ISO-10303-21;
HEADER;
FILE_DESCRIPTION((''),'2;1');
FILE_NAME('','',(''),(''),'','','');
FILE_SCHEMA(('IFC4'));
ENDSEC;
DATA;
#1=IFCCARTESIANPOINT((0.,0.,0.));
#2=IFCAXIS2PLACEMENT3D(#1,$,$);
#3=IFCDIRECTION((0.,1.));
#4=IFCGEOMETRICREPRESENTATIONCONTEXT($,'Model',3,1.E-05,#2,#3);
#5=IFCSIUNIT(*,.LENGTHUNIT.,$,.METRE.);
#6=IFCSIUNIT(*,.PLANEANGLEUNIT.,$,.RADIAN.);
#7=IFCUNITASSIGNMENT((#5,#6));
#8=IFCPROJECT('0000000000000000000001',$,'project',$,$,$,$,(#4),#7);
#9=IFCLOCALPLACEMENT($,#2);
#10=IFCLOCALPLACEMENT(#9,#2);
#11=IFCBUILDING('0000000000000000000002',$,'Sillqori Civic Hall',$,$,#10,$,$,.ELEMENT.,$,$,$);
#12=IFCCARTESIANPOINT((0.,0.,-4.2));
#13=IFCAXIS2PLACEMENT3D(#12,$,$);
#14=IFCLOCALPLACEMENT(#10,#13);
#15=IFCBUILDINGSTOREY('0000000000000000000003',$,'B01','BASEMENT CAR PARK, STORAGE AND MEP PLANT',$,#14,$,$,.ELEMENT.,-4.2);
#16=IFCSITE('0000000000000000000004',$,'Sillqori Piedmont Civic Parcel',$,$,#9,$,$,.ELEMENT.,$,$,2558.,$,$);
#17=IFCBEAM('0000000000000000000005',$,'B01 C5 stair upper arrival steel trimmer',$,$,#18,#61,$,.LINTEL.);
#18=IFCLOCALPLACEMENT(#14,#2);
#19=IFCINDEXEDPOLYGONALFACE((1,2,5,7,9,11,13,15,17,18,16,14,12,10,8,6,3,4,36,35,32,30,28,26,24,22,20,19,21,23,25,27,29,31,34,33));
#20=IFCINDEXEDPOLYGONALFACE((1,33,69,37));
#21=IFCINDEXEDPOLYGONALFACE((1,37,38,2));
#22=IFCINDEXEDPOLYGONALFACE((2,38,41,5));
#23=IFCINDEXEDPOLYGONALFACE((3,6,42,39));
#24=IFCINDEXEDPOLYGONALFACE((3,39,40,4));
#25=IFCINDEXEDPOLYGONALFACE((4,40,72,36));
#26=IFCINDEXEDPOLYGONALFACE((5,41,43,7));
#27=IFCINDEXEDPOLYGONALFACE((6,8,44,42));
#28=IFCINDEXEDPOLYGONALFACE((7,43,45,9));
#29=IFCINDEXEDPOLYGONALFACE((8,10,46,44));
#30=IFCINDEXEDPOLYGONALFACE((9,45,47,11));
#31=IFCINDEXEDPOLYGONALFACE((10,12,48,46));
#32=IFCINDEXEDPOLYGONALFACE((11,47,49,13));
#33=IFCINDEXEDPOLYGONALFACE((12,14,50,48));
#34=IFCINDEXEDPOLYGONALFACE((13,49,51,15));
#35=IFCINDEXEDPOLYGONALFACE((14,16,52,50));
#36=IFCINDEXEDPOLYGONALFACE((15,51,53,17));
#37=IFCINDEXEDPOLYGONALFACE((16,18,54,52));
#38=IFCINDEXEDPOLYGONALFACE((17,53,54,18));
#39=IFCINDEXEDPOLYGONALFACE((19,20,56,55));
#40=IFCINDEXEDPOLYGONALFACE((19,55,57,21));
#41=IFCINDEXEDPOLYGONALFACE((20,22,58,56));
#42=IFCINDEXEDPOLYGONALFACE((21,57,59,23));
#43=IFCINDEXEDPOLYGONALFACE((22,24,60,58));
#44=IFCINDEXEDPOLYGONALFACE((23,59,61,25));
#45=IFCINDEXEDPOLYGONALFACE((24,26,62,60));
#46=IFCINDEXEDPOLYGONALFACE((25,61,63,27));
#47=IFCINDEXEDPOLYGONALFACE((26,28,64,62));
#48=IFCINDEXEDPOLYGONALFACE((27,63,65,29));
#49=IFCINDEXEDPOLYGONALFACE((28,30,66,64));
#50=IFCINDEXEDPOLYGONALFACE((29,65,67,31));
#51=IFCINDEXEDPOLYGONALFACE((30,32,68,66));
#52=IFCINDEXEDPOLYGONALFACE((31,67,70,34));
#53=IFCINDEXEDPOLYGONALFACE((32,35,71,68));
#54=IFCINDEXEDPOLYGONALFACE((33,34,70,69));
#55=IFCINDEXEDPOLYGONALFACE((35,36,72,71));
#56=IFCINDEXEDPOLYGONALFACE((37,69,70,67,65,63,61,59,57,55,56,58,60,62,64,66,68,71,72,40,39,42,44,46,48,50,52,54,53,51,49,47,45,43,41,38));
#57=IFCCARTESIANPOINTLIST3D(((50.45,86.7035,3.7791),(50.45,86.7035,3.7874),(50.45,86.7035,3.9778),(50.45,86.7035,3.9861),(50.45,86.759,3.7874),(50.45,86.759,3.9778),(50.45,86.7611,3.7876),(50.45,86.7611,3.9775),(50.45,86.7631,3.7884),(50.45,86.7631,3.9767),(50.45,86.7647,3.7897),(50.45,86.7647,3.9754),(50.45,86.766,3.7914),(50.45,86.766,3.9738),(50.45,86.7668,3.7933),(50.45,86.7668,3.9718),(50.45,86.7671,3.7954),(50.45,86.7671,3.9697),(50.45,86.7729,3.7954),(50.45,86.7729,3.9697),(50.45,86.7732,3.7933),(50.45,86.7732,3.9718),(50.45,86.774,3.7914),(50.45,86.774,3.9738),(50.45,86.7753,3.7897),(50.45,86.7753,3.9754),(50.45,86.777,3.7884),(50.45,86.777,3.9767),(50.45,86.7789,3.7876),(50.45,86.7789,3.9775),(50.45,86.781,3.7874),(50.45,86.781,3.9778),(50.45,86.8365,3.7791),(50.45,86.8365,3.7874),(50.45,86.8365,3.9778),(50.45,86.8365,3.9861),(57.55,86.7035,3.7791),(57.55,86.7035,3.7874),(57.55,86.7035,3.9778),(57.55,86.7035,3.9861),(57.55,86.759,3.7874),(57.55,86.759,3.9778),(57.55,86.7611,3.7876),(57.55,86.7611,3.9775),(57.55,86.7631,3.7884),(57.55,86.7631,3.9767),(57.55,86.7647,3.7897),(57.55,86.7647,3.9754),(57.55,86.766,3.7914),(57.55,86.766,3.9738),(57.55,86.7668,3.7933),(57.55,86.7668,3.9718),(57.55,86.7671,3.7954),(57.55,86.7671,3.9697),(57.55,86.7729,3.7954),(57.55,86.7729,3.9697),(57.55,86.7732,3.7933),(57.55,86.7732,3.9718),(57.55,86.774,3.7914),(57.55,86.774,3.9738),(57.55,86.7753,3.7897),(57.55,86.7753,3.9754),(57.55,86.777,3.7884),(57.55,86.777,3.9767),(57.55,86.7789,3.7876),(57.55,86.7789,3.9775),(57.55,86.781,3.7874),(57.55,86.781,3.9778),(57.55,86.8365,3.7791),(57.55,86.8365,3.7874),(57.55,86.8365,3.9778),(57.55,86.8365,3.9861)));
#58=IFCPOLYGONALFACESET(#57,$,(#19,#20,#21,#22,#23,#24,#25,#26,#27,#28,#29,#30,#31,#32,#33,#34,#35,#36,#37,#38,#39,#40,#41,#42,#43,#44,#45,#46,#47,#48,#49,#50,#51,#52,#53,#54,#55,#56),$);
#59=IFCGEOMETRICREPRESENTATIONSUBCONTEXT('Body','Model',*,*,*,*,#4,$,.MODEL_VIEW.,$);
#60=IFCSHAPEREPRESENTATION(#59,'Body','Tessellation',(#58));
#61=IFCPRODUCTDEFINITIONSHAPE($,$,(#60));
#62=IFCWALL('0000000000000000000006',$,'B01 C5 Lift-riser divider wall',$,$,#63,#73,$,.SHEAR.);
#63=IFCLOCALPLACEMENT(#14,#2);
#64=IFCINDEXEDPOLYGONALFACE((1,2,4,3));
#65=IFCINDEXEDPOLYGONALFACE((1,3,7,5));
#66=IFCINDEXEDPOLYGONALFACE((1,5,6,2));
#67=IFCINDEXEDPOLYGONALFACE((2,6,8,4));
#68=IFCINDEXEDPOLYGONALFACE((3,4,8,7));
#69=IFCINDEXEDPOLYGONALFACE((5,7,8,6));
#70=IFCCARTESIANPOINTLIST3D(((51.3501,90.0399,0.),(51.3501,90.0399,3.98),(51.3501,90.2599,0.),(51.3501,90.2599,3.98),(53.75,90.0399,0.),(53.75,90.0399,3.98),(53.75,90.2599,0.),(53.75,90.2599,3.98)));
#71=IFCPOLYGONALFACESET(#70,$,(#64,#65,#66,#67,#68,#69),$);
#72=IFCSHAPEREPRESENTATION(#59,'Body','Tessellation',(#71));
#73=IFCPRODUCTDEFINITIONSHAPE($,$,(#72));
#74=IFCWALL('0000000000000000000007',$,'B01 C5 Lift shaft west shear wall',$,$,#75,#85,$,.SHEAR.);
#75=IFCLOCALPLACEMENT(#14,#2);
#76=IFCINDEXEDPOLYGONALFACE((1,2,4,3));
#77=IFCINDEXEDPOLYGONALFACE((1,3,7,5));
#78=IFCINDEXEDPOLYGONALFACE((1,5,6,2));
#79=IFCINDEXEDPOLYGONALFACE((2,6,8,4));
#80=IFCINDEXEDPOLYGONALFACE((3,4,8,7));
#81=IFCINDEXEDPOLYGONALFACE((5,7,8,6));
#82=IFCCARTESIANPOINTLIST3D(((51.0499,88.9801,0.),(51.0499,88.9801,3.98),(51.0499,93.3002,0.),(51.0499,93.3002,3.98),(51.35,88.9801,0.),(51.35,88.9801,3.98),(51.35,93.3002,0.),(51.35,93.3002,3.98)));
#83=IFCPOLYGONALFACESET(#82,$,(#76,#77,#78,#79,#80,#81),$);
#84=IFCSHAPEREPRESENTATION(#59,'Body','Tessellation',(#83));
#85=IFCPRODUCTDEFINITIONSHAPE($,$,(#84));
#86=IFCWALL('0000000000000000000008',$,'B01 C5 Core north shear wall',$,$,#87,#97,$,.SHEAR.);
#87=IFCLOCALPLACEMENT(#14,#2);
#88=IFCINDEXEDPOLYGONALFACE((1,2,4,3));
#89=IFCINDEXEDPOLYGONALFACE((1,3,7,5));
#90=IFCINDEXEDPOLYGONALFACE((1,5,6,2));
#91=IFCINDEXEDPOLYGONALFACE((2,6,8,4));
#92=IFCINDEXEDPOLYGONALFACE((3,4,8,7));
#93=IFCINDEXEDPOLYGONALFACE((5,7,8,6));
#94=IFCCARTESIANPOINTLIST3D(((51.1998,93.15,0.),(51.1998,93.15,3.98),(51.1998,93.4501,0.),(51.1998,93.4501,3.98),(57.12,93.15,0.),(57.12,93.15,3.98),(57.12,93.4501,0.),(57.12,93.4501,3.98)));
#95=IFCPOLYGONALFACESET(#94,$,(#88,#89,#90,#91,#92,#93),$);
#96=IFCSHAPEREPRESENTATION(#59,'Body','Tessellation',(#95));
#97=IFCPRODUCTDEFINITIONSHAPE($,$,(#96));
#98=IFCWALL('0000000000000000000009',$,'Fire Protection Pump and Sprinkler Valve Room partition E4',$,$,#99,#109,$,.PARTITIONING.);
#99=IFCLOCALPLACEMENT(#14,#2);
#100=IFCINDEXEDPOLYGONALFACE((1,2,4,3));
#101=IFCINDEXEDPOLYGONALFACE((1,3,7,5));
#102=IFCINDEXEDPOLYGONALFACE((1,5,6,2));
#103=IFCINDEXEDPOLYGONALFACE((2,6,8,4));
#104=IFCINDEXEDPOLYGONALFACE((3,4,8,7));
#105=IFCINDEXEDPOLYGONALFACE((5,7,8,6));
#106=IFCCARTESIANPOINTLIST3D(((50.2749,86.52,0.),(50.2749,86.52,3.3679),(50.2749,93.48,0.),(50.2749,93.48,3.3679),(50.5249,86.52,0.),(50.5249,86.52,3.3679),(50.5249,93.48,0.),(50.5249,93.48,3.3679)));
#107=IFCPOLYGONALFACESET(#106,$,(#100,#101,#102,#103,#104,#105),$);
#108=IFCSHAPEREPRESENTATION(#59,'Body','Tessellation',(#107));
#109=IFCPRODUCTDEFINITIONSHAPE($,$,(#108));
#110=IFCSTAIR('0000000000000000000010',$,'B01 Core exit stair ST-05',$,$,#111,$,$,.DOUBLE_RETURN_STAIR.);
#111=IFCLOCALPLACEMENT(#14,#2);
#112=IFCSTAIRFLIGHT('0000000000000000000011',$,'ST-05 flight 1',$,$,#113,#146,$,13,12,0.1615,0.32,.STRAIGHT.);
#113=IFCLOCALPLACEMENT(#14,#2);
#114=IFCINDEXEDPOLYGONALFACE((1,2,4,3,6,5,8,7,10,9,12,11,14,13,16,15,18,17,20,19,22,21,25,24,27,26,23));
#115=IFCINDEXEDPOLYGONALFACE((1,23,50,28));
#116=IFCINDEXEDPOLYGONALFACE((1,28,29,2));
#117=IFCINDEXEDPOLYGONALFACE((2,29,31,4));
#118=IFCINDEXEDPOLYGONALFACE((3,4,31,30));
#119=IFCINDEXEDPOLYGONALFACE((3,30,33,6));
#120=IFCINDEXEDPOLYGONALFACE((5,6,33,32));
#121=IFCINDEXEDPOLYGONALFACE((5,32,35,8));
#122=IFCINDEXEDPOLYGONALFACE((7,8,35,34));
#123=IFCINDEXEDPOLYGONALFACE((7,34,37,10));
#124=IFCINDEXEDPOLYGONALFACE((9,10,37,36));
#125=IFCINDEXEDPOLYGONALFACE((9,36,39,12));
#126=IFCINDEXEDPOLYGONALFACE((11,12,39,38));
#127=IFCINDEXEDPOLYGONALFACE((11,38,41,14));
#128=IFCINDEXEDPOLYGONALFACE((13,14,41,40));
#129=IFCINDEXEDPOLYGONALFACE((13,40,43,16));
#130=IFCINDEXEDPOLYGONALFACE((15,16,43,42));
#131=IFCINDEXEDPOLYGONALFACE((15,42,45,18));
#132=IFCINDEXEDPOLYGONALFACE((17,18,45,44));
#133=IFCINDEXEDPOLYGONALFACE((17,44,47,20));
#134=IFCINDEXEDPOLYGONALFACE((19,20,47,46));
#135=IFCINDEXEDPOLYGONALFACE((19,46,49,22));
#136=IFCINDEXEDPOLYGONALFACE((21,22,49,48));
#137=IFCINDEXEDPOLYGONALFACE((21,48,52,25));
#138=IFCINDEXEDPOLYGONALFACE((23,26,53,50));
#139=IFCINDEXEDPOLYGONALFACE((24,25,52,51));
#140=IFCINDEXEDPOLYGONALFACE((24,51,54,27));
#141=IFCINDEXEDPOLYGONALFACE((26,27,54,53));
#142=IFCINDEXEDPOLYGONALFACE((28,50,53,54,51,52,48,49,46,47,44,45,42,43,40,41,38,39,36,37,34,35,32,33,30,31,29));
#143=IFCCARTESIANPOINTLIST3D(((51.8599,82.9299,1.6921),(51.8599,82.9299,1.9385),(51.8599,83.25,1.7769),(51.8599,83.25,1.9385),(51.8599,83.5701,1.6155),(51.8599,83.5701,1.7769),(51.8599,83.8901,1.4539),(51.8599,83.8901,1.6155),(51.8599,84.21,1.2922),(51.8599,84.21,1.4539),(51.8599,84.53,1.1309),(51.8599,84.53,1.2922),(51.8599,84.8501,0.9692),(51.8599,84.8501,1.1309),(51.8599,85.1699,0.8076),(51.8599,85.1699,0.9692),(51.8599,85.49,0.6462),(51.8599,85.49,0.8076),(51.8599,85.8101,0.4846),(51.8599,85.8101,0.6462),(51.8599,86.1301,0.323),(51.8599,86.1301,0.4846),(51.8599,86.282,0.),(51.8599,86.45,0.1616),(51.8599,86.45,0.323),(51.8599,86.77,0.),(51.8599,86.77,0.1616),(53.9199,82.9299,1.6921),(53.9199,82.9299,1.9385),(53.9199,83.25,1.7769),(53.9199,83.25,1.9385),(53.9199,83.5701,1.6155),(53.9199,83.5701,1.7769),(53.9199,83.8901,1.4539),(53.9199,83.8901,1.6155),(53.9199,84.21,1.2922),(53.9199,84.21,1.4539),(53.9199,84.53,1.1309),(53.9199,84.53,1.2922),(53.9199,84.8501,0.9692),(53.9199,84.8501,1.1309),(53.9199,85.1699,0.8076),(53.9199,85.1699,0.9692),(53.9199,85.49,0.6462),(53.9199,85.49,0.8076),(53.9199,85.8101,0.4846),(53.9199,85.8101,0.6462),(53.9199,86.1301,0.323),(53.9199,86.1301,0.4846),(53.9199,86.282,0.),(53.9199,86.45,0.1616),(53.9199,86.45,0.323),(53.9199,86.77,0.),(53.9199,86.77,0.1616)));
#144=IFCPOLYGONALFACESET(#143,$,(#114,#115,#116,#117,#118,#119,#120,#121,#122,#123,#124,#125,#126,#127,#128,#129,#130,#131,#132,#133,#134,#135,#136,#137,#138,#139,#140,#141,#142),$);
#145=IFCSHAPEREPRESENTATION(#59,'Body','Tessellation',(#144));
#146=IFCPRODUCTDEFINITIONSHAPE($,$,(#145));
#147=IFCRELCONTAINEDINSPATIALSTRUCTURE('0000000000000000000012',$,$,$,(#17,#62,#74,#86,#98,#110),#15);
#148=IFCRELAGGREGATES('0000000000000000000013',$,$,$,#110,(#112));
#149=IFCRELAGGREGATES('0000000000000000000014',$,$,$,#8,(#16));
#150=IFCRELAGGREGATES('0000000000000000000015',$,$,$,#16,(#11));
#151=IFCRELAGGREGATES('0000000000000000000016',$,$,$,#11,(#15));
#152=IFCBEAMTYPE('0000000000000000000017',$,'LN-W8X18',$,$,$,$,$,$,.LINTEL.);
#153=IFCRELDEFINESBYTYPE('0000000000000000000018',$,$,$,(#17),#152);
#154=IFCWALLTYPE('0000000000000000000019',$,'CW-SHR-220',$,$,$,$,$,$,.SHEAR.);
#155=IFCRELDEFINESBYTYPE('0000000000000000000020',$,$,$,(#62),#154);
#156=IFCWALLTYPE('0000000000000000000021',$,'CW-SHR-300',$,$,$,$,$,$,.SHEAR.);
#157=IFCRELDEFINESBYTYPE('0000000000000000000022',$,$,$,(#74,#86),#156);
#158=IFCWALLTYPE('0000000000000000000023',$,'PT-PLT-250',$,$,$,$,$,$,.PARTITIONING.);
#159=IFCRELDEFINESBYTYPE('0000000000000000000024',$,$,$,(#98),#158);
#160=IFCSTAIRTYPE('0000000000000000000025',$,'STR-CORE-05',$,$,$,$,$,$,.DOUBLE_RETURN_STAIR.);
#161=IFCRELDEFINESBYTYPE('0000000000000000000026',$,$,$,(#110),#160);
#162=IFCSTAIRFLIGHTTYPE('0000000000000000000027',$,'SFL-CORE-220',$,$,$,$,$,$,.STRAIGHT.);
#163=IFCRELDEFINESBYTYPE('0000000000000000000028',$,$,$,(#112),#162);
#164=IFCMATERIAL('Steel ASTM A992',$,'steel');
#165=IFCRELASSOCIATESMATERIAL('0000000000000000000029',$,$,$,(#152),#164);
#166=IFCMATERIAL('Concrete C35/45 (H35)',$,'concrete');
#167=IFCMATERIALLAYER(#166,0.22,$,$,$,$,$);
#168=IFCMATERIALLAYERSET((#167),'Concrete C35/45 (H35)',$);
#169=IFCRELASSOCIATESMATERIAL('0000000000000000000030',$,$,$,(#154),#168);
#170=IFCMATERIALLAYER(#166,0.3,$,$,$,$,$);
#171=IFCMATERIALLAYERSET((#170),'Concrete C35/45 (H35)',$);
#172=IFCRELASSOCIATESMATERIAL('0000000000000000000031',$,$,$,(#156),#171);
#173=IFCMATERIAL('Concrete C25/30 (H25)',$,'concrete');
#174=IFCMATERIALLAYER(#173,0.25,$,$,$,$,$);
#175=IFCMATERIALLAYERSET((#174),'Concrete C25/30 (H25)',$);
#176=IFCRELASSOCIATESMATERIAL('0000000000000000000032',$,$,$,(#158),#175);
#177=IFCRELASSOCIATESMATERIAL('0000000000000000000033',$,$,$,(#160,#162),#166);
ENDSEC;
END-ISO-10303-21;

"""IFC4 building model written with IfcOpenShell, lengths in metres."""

from ifc_helpers import new_model, si_unit, direction, frame, frame_2d, origin, origin_2d, place, context, subcontext, project, spatial, polyline, rectangle, i_section, outline, extrude, material, layer, layer_set, material_profile, profile_set, type_object, element, aggregate, save


model = new_model("IFC4")

# Units and contexts
model_context = context("Model", 3, precision=1e-05, world=origin(), true_north=direction((0.0, 1.0)))
body_context = subcontext(model_context, "Body", "Model", "MODEL_VIEW")
ifc_project = project(units=[si_unit("LENGTHUNIT", "METRE"), si_unit("PLANEANGLEUNIT", "RADIAN")], contexts=[model_context])

# Site, building, storey
site_placement = place(None, origin())
site = spatial("IfcSite", under=ifc_project, at=site_placement, Name="Sillqori Piedmont Civic Parcel", CompositionType="ELEMENT", RefElevation=2558.0)
building_placement = place(site_placement, origin())
building = spatial("IfcBuilding", under=site, at=building_placement, Name="Sillqori Civic Hall", CompositionType="ELEMENT")
storey_placement = place(building_placement, frame((0.0, 0.0, -4.2)))
storey = spatial("IfcBuildingStorey", under=building, at=storey_placement, Name="B01", Description="BASEMENT CAR PARK, STORAGE AND MEP PLANT", CompositionType="ELEMENT", Elevation=-4.2)

# Shared definitions
ifc_material_1 = material(Name="Concrete C35/45 (H35)", Category="concrete")

# Shared definitions
ifc_material_2 = material(Name="Steel ASTM A992", Category="steel")

# Beam
ifc_material_profile_1 = material_profile(ifc_material_2, i_section(OverallWidth=0.1331, OverallDepth=0.207, WebThickness=0.0059, FlangeThickness=0.0083, FilletRadius=0.0081, at=origin_2d()), Name="W8X18")
ifc_profile_set_1 = profile_set([ifc_material_profile_1], Name="Steel ASTM A992")
beam_type_1 = type_object("IfcBeamType", Name="LN-W8X18", PredefinedType="LINTEL", material=ifc_profile_set_1)
beam_1_placement = place(storey_placement, frame((50.45, 86.77, 3.8826), z_axis=(1.0, 0.0, 0.0), x_axis=(0.0, 1.0, 0.0)))
element("IfcBeam", 1, at=beam_1_placement, inside=storey, type_object=beam_type_1, Name="B01 C5 stair upper arrival steel trimmer", PredefinedType="LINTEL", context=body_context, shape_type="SweptSolid", body=[
    extrude(i_section(OverallWidth=0.1331, OverallDepth=0.207, WebThickness=0.0059, FlangeThickness=0.0083, FilletRadius=0.0081, at=origin_2d()), origin(), (0.0, 0.0, 1.0), 7.1001),
])

# Wall
ifc_layer_1 = layer(ifc_material_1, 0.22)
ifc_layer_set_1 = layer_set([ifc_layer_1], Name="Concrete C35/45 (H35)")
wall_type_1 = type_object("IfcWallType", Name="CW-SHR-220", PredefinedType="SHEAR", material=ifc_layer_set_1)
wall_1_placement = place(storey_placement, frame((51.3501, 90.1499, 0.0), z_axis=(0.0, 0.0, 1.0), x_axis=(1.0, 0.0, 0.0)))
element("IfcWall", 2, at=wall_1_placement, inside=storey, type_object=wall_type_1, Name="B01 C5 Lift-riser divider wall", PredefinedType="SHEAR", context=body_context, shape_type="SweptSolid", body=[
    extrude(rectangle(XDim=2.3999, YDim=0.22, at=frame_2d((1.2, 0.0))), origin(), (0.0, 0.0, 1.0), 3.98),
])

# Walls
ifc_layer_2 = layer(ifc_material_1, 0.3)
ifc_layer_set_2 = layer_set([ifc_layer_2], Name="Concrete C35/45 (H35)")
wall_type_2 = type_object("IfcWallType", Name="CW-SHR-300", PredefinedType="SHEAR", material=ifc_layer_set_2)
wall_2_placement = place(storey_placement, frame((51.2, 88.98, 0.0), z_axis=(0.0, 0.0, 1.0), x_axis=(0.0, 1.0, 0.0)))
element("IfcWall", 3, at=wall_2_placement, inside=storey, type_object=wall_type_2, Name="B01 C5 Lift shaft west shear wall", PredefinedType="SHEAR", context=body_context, shape_type="SweptSolid", body=[
    extrude(rectangle(XDim=4.3201, YDim=0.3, at=frame_2d((2.1602, 0.0))), origin(), (0.0, 0.0, 1.0), 3.98),
])
wall_3_placement = place(storey_placement, frame((51.2, 93.3, 0.0), z_axis=(0.0, 0.0, 1.0), x_axis=(1.0, 0.0, 0.0)))
element("IfcWall", 4, at=wall_3_placement, inside=storey, type_object=wall_type_2, Name="B01 C5 Core north shear wall", PredefinedType="SHEAR", context=body_context, shape_type="SweptSolid", body=[
    extrude(rectangle(XDim=5.9202, YDim=0.3, at=frame_2d((2.96, 0.0))), origin(), (0.0, 0.0, 1.0), 3.98),
])
ifc_material_3 = material(Name="Concrete C25/30 (H25)", Category="concrete")
ifc_layer_3 = layer(ifc_material_3, 0.25)
ifc_layer_set_3 = layer_set([ifc_layer_3], Name="Concrete C25/30 (H25)")
wall_type_3 = type_object("IfcWallType", Name="PT-PLT-250", PredefinedType="PARTITIONING", material=ifc_layer_set_3)
wall_4_placement = place(storey_placement, frame((50.3999, 93.48, 0.0), z_axis=(0.0, 0.0, 1.0), x_axis=(0.0, -1.0, 0.0)))
element("IfcWall", 5, at=wall_4_placement, inside=storey, type_object=wall_type_3, Name="Fire Protection Pump and Sprinkler Valve Room partition E4", PredefinedType="PARTITIONING", context=body_context, shape_type="SweptSolid", body=[
    extrude(rectangle(XDim=6.96, YDim=0.25, at=frame_2d((3.48, 0.0))), origin(), (0.0, 0.0, 1.0), 3.3679),
])

# Stair, stair flight
stair_type = type_object("IfcStairType", Name="STR-CORE-05", PredefinedType="DOUBLE_RETURN_STAIR", material=ifc_material_1)
stair_placement = place(storey_placement, origin())
stair = element("IfcStair", 6, at=stair_placement, inside=storey, type_object=stair_type, Name="B01 Core exit stair ST-05", PredefinedType="DOUBLE_RETURN_STAIR")
stair_flight_type = type_object("IfcStairFlightType", Name="SFL-CORE-220", PredefinedType="STRAIGHT", material=ifc_material_1)
stair_flight_placement = place(storey_placement, frame((52.8899, 86.77, 0.0), z_axis=(0.0, 0.0, 1.0), x_axis=(0.0, -1.0, 0.0)))
stair_flight = element("IfcStairFlight", 7, at=stair_flight_placement, type_object=stair_flight_type, Name="ST-05 flight 1", NumberOfRisers=13, NumberOfTreads=12, PredefinedType="STRAIGHT", RiserHeight=0.1615, TreadLength=0.32, context=body_context, shape_type="SweptSolid", body=[
    extrude(outline(polyline([(0.0, 0.0), (0.0, 0.1616), (0.3201, 0.1616), (0.3201, 0.323), (0.6399, 0.323), (0.6399, 0.4846), (0.96, 0.4846), (0.96, 0.6462), (1.28, 0.6462), (1.28, 0.8076), (1.6001, 0.8076), (1.6001, 0.9692), (1.9199, 0.9692), (1.9199, 1.1309), (2.24, 1.1309), (2.24, 1.2922), (2.5601, 1.2922), (2.5601, 1.4539), (2.8799, 1.4539), (2.8799, 1.6155), (3.2, 1.6155), (3.2, 1.7769), (3.52, 1.7769), (3.52, 1.9385), (3.8401, 1.9385), (3.8401, 2.1001), (3.8401, 1.6921), (0.488, 0.0), (0.0, 0.0)])), frame((0.0, 1.03, 0.0), z_axis=(0.0, -1.0, 0.0), x_axis=(1.0, 0.0, 0.0)), (0.0, 0.0, 1.0), 2.0601),
])
aggregate(stair, [stair_flight])

save(model, "model.ifc")
